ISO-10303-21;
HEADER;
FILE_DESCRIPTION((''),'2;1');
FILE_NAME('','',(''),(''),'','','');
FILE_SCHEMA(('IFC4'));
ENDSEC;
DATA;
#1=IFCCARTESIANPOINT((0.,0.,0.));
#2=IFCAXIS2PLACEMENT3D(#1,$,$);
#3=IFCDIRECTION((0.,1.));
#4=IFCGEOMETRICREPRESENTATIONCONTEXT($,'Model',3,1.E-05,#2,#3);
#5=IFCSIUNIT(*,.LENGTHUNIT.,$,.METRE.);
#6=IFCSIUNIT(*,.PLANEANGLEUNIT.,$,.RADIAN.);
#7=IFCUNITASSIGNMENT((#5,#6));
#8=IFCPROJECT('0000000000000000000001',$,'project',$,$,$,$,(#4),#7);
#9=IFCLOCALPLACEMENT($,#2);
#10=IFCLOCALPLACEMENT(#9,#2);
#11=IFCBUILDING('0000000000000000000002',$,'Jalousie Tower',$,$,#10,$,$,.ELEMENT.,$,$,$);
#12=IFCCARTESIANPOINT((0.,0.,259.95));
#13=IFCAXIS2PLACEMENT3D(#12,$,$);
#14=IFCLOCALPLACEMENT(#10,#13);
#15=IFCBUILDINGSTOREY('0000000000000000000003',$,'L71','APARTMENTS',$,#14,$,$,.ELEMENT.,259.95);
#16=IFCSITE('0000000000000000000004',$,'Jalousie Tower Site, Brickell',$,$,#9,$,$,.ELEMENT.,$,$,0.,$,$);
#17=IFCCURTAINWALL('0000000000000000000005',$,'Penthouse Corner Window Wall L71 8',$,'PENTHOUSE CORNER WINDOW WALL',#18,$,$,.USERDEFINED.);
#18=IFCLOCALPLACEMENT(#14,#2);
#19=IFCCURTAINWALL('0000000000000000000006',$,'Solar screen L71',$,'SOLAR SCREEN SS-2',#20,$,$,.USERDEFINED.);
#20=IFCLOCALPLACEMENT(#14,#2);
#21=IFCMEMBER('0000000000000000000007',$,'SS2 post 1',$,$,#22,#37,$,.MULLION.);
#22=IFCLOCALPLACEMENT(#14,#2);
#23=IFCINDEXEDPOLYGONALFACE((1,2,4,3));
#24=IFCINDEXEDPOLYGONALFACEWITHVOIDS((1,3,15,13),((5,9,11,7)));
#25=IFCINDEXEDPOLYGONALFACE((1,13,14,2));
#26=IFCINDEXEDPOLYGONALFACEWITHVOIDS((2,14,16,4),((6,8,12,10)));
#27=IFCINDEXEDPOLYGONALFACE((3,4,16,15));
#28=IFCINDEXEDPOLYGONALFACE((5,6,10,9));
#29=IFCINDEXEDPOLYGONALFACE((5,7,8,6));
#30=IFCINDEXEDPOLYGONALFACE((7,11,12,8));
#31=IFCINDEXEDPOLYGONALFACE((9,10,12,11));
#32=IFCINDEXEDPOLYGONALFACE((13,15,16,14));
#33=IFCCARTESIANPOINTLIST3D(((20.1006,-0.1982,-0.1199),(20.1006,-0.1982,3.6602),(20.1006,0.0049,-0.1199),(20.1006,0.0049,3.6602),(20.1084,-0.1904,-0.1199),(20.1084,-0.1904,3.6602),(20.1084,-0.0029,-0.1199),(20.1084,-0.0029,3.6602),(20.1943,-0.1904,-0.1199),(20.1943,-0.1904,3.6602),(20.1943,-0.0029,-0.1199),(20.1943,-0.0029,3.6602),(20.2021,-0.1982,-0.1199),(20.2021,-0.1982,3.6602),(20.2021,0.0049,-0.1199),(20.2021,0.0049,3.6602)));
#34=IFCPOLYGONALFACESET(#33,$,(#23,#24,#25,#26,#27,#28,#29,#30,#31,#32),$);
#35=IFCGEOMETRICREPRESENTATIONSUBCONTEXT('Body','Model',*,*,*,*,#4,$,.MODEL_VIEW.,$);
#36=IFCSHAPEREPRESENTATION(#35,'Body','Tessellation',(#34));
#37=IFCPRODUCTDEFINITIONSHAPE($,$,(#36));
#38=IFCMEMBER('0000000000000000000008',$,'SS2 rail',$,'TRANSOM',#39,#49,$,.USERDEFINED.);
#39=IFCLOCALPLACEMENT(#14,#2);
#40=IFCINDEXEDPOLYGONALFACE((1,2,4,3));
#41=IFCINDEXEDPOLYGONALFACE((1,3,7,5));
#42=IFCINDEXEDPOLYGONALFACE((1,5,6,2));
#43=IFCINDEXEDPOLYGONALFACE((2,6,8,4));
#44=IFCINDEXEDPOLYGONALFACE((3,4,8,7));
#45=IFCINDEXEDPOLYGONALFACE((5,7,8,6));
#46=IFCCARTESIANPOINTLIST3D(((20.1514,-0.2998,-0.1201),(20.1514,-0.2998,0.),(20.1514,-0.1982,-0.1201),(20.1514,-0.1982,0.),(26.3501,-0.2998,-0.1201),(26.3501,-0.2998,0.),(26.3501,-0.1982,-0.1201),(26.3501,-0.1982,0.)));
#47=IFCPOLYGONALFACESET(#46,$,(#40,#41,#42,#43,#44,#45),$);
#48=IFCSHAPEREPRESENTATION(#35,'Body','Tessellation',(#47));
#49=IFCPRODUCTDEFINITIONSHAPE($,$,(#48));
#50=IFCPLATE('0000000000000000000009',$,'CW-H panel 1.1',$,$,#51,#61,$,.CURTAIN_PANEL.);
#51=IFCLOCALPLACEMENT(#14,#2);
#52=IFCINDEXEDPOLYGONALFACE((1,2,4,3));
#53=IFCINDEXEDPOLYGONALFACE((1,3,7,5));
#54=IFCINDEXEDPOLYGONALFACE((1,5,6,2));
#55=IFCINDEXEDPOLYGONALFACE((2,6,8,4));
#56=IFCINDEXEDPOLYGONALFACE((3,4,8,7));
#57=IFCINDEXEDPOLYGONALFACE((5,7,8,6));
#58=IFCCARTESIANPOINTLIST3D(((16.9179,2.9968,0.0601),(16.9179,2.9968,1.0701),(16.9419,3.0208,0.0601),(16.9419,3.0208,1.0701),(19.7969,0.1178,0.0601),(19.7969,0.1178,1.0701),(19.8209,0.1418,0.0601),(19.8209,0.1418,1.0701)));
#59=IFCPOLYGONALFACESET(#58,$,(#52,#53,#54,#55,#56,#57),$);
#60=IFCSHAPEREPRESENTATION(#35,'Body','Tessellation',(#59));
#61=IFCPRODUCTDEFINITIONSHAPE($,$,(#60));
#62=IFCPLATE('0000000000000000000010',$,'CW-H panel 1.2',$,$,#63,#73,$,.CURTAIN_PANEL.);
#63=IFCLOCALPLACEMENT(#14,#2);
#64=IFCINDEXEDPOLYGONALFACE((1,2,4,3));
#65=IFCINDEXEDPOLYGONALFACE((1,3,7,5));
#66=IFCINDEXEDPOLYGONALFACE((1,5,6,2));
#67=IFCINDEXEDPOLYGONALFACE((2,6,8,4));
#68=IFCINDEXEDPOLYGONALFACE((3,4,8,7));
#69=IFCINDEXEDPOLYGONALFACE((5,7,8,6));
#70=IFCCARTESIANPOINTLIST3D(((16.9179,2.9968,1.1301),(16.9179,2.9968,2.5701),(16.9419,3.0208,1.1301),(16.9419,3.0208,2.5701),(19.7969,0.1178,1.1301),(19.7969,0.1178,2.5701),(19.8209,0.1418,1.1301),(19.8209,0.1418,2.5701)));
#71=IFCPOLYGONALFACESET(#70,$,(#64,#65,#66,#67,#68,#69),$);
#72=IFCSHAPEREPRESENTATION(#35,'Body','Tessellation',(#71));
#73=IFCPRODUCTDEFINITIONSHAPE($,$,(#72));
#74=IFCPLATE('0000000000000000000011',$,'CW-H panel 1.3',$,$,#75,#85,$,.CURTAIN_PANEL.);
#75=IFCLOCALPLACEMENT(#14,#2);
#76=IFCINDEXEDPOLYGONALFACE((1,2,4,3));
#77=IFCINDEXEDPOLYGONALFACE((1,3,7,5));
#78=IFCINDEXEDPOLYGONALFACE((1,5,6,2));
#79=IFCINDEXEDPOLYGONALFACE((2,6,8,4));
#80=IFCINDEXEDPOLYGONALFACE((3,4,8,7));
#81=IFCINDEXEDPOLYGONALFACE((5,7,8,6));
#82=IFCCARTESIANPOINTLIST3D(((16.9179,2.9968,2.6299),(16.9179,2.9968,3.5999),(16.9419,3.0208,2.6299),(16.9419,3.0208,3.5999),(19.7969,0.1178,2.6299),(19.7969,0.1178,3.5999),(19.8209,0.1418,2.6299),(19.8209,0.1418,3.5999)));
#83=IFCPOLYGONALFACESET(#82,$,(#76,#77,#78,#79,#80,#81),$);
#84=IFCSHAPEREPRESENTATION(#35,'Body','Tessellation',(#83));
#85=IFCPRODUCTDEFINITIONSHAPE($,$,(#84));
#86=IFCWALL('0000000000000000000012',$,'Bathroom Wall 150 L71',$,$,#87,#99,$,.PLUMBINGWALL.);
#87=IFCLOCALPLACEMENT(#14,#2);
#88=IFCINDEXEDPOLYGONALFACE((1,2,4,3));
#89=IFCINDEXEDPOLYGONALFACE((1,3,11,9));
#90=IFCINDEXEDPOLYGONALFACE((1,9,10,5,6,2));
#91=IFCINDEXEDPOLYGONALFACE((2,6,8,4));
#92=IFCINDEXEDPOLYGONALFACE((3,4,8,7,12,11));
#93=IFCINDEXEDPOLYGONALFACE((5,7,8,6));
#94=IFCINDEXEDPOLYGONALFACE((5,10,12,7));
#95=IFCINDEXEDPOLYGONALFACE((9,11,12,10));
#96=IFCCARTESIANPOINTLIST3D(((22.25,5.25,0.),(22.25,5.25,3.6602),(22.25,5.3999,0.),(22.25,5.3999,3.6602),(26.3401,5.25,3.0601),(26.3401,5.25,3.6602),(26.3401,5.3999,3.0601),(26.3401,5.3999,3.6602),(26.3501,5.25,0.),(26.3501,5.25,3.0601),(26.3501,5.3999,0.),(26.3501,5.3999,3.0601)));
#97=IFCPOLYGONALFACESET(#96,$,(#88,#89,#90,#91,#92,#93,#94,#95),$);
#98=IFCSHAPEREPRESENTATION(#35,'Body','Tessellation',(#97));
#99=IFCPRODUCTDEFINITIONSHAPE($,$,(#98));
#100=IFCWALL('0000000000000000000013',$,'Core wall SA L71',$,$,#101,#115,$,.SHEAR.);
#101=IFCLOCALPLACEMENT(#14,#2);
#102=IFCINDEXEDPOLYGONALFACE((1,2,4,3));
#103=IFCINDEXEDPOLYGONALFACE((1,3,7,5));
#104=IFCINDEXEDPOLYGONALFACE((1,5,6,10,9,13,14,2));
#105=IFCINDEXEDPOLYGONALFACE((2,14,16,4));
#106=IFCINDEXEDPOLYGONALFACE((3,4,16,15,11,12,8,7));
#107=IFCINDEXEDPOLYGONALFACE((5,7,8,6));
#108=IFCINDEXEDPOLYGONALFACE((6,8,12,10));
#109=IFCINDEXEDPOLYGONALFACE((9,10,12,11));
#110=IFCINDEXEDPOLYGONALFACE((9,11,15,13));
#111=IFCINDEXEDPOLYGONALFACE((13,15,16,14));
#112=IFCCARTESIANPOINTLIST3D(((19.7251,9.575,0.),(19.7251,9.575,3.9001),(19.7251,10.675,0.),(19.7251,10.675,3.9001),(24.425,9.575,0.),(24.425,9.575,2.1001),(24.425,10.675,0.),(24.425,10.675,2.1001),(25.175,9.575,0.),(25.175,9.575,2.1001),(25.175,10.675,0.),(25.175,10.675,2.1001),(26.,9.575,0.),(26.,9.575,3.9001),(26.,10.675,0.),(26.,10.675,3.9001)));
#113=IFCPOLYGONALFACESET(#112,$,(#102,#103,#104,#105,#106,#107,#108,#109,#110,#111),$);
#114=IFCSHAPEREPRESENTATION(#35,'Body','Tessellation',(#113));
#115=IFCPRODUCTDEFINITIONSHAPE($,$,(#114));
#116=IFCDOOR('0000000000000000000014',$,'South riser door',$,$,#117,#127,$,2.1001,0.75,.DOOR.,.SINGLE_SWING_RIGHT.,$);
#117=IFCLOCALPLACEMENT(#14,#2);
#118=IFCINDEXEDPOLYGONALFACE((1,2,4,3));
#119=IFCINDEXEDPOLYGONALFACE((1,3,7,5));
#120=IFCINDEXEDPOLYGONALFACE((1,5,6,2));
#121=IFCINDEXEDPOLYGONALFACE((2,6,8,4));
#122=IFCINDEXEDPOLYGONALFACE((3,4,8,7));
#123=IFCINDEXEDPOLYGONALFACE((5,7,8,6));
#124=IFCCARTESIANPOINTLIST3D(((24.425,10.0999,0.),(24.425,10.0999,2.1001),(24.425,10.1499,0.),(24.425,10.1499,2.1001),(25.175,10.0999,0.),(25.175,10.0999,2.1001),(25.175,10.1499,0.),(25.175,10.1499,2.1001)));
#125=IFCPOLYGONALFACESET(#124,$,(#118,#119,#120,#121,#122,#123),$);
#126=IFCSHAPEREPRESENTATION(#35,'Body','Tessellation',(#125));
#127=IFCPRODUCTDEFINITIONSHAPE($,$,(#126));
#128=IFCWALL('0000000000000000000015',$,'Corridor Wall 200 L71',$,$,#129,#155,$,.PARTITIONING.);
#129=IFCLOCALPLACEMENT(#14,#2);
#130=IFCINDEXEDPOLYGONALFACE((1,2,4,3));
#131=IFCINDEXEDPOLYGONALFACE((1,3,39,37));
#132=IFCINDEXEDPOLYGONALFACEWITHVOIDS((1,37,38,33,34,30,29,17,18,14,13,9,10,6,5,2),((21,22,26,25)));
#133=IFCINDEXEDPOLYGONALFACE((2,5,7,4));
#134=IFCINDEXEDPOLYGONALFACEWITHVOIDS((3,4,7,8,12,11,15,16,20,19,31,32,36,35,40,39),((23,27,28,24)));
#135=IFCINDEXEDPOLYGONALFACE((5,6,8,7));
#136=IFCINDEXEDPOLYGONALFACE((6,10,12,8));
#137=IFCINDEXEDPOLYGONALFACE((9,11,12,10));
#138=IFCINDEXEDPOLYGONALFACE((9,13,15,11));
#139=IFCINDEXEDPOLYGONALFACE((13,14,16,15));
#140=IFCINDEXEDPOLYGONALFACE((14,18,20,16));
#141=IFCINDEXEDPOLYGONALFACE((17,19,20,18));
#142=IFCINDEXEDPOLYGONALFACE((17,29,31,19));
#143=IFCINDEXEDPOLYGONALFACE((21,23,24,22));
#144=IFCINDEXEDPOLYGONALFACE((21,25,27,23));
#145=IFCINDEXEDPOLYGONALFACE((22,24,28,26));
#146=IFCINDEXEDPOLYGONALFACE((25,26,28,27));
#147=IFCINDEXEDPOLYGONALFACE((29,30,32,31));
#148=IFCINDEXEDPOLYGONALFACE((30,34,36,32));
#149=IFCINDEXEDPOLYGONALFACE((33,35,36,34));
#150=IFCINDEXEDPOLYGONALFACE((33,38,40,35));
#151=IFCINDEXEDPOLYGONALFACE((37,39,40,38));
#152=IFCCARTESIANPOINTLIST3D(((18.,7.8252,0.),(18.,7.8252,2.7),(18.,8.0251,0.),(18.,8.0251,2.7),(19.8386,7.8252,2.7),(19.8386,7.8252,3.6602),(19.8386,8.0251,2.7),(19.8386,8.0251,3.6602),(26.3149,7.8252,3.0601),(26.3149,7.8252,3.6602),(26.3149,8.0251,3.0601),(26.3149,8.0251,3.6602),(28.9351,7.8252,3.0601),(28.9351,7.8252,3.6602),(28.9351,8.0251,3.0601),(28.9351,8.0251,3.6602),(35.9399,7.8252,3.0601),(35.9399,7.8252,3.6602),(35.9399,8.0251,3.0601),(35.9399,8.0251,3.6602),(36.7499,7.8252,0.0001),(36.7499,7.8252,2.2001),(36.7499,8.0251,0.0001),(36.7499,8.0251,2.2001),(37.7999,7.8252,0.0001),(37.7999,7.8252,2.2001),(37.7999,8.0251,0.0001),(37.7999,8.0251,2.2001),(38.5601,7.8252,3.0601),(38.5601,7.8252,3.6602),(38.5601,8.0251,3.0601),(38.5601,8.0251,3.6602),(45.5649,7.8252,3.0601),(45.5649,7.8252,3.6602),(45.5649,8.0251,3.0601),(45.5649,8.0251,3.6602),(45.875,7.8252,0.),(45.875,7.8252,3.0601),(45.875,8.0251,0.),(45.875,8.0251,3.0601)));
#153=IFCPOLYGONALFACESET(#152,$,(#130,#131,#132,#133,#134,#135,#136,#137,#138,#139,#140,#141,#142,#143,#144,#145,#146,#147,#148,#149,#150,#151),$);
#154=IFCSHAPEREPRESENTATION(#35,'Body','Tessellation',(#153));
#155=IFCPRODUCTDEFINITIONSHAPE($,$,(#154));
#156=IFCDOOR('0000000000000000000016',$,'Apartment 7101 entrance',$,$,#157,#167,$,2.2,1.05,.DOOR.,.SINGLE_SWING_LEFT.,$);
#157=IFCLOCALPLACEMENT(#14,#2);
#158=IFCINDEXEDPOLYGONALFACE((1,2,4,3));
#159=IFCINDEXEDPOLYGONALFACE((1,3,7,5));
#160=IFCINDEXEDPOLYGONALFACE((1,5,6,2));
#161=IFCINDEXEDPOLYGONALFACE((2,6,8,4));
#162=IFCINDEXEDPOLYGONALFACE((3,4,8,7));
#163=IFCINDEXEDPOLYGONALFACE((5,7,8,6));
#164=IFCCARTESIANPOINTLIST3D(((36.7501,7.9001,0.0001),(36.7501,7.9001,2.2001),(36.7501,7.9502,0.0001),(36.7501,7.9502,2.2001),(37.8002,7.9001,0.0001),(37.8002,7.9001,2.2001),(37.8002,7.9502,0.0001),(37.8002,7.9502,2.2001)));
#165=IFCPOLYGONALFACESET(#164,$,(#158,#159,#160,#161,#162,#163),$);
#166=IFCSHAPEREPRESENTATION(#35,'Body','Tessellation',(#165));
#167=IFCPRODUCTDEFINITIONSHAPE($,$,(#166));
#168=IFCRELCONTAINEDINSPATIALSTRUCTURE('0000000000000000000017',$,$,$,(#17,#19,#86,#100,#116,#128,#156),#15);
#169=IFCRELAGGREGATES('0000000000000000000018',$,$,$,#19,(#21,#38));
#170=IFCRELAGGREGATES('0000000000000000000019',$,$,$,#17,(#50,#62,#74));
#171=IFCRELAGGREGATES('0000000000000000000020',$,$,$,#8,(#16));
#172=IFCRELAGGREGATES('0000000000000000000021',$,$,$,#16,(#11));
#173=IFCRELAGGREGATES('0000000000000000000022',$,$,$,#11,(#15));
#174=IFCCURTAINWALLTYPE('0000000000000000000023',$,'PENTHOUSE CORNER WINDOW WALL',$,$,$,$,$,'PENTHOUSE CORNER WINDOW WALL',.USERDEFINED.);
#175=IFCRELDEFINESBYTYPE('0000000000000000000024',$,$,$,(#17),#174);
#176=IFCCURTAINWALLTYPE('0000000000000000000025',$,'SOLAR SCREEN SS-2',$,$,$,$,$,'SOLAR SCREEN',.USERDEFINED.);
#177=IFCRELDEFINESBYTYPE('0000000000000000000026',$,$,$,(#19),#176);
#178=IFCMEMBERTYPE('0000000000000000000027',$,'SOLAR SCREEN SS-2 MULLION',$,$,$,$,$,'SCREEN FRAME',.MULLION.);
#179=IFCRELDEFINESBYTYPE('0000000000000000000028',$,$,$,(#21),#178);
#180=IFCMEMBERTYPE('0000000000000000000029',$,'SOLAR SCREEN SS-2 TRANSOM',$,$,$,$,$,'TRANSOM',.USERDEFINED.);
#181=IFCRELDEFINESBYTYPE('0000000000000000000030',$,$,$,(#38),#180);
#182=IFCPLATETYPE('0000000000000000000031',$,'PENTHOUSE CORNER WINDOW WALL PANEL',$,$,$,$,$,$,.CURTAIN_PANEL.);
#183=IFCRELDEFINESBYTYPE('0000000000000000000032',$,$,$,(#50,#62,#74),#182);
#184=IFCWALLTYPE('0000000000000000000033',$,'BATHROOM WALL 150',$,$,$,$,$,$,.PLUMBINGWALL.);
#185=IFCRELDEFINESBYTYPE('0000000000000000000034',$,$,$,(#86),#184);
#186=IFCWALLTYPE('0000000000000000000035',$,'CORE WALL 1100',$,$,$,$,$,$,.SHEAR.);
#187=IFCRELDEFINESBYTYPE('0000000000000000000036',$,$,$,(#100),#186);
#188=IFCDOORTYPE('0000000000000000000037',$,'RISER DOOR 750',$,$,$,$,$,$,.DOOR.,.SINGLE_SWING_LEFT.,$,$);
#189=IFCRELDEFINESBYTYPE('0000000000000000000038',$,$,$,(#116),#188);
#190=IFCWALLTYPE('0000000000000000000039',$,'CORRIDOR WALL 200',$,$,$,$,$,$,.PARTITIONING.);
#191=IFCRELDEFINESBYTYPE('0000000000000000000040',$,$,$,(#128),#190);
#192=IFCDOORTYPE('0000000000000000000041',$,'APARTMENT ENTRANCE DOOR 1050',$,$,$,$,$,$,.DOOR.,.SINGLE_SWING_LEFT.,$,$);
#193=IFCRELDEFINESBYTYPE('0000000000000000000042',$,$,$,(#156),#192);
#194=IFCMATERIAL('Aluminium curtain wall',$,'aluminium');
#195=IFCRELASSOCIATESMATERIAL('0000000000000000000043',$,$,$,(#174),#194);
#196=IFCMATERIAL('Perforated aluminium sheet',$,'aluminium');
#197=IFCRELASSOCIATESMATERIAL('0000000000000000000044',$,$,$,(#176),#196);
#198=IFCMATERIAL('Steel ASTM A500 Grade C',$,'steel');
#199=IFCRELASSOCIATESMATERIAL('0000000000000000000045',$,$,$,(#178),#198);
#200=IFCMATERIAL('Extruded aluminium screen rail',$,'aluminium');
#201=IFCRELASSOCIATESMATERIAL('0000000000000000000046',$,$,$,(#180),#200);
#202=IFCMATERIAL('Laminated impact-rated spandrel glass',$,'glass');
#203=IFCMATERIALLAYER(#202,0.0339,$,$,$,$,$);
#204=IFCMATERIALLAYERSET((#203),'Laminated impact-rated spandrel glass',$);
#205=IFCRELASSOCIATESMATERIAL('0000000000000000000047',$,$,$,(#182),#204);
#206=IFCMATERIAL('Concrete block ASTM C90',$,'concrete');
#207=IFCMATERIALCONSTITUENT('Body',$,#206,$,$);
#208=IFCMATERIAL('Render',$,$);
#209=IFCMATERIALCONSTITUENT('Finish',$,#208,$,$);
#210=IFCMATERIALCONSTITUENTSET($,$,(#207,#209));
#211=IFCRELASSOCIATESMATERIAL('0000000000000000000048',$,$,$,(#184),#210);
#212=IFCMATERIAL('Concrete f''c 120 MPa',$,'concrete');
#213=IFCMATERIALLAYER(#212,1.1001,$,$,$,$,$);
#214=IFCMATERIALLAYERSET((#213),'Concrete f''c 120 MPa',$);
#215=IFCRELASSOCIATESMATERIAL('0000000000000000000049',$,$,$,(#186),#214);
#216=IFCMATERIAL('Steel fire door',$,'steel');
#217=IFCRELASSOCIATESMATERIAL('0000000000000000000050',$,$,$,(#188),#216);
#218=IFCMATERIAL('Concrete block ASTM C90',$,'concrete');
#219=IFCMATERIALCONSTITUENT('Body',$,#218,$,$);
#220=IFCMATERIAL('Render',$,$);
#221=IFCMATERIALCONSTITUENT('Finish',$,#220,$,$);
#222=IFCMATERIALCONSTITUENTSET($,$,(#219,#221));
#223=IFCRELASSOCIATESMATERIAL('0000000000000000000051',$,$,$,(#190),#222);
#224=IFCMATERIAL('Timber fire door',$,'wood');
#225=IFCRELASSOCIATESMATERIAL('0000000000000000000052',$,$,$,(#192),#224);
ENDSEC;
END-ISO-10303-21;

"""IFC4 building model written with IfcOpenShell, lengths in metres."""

from ifc_helpers import new_model, si_unit, direction, frame, frame_2d, origin, origin_2d, place, context, subcontext, project, spatial, polyline, rectangle, hollow_rectangle, outline, extrude, material, layer, layer_set, constituent, constituent_set, material_profile, profile_set, type_object, element, fill, aggregate, save


model = new_model("IFC4")

# Units and contexts
model_context = context("Model", 3, precision=1e-05, world=origin(), true_north=direction((0.0, 1.0)))
body_context = subcontext(model_context, "Body", "Model", "MODEL_VIEW")
ifc_project = project(units=[si_unit("LENGTHUNIT", "METRE"), si_unit("PLANEANGLEUNIT", "RADIAN")], contexts=[model_context])

# Site, building, storey
site_placement = place(None, origin())
site = spatial("IfcSite", under=ifc_project, at=site_placement, Name="Jalousie Tower Site, Brickell", CompositionType="ELEMENT", RefElevation=0.0)
building_placement = place(site_placement, origin())
building = spatial("IfcBuilding", under=site, at=building_placement, Name="Jalousie Tower", CompositionType="ELEMENT")
storey_placement = place(building_placement, frame((0.0, 0.0, 259.95)))
storey = spatial("IfcBuildingStorey", under=building, at=storey_placement, Name="L71", Description="APARTMENTS", CompositionType="ELEMENT", Elevation=259.95)

# Curtain wall
ifc_material_1 = material(Name="Aluminium curtain wall", Category="aluminium")
curtain_wall_type_1 = type_object("IfcCurtainWallType", Name="PENTHOUSE CORNER WINDOW WALL", ElementType="PENTHOUSE CORNER WINDOW WALL", PredefinedType="USERDEFINED", material=ifc_material_1)
curtain_wall_1_placement = place(storey_placement, origin())
curtain_wall_1 = element("IfcCurtainWall", 1, at=curtain_wall_1_placement, inside=storey, type_object=curtain_wall_type_1, Name="Penthouse Corner Window Wall L71 8", ObjectType="PENTHOUSE CORNER WINDOW WALL", PredefinedType="USERDEFINED")

# Curtain wall, members
ifc_material_2 = material(Name="Perforated aluminium sheet", Category="aluminium")
curtain_wall_type_2 = type_object("IfcCurtainWallType", Name="SOLAR SCREEN SS-2", ElementType="SOLAR SCREEN", PredefinedType="USERDEFINED", material=ifc_material_2)
curtain_wall_2_placement = place(storey_placement, origin())
curtain_wall_2 = element("IfcCurtainWall", 2, at=curtain_wall_2_placement, inside=storey, type_object=curtain_wall_type_2, Name="Solar screen L71", ObjectType="SOLAR SCREEN SS-2", PredefinedType="USERDEFINED")
ifc_material_3 = material(Name="Steel ASTM A500 Grade C", Category="steel")
ifc_material_profile_1 = material_profile(ifc_material_3, hollow_rectangle(XDim=0.1016, YDim=0.2031, WallThickness=0.0078, at=origin_2d()), Name="HSS8X4X5/16")
ifc_profile_set_1 = profile_set([ifc_material_profile_1], Name="Steel ASTM A500 Grade C")
member_type_1 = type_object("IfcMemberType", Name="SOLAR SCREEN SS-2 MULLION", ElementType="SCREEN FRAME", PredefinedType="MULLION", material=ifc_profile_set_1)
member_1_placement = place(storey_placement, frame((20.1514, -0.0967, -0.1199), z_axis=(0.0, 0.0, 1.0), x_axis=(1.0, 0.0, 0.0)))
member_1 = element("IfcMember", 3, at=member_1_placement, type_object=member_type_1, Name="SS2 post 1", PredefinedType="MULLION", context=body_context, shape_type="SweptSolid", body=[
    extrude(hollow_rectangle(XDim=0.1016, YDim=0.2031, WallThickness=0.0078, at=origin_2d()), origin(), (0.0, 0.0, 1.0), 3.78),
])
ifc_material_4 = material(Name="Extruded aluminium screen rail", Category="aluminium")
ifc_material_profile_2 = material_profile(ifc_material_4, rectangle(XDim=0.1016, YDim=0.1201, at=origin_2d()), Name="RAIL 102x120")
ifc_profile_set_2 = profile_set([ifc_material_profile_2], Name="Extruded aluminium screen rail")
member_type_2 = type_object("IfcMemberType", Name="SOLAR SCREEN SS-2 TRANSOM", ElementType="TRANSOM", PredefinedType="USERDEFINED", material=ifc_profile_set_2)
member_2_placement = place(storey_placement, frame((20.1514, -0.249, -0.0601), z_axis=(1.0, 0.0, 0.0), x_axis=(0.0, 1.0, 0.0)))
member_2 = element("IfcMember", 4, at=member_2_placement, type_object=member_type_2, Name="SS2 rail", ObjectType="TRANSOM", PredefinedType="USERDEFINED", context=body_context, shape_type="SweptSolid", body=[
    extrude(rectangle(XDim=0.1016, YDim=0.1201, at=origin_2d()), origin(), (0.0, 0.0, 1.0), 6.1987),
])
aggregate(curtain_wall_2, [member_1, member_2])

# Plates
ifc_material_5 = material(Name="Laminated impact-rated spandrel glass", Category="glass")
ifc_layer_1 = layer(ifc_material_5, 0.0339)
ifc_layer_set_1 = layer_set([ifc_layer_1], Name="Laminated impact-rated spandrel glass")
plate_type = type_object("IfcPlateType", Name="PENTHOUSE CORNER WINDOW WALL PANEL", PredefinedType="CURTAIN_PANEL", material=ifc_layer_set_1)
plate_1_placement = place(storey_placement, frame((18.3694, 1.5693, 0.0601), z_axis=(0.0, 0.0, 1.0), x_axis=(0.707107, -0.707107, 0.0)))
plate_1 = element("IfcPlate", 5, at=plate_1_placement, type_object=plate_type, Name="CW-H panel 1.1", PredefinedType="CURTAIN_PANEL", context=body_context, shape_type="SweptSolid", body=[
    extrude(rectangle(XDim=4.0715, YDim=0.0339, at=origin_2d()), origin(), (0.0, 0.0, 1.0), 1.01),
])
plate_2_placement = place(storey_placement, frame((18.3694, 1.5693, 1.1301), z_axis=(0.0, 0.0, 1.0), x_axis=(0.707107, -0.707107, 0.0)))
plate_2 = element("IfcPlate", 6, at=plate_2_placement, type_object=plate_type, Name="CW-H panel 1.2", PredefinedType="CURTAIN_PANEL", context=body_context, shape_type="SweptSolid", body=[
    extrude(rectangle(XDim=4.0715, YDim=0.0339, at=origin_2d()), origin(), (0.0, 0.0, 1.0), 1.4399),
])
plate_3_placement = place(storey_placement, frame((18.3694, 1.5693, 2.6299), z_axis=(0.0, 0.0, 1.0), x_axis=(0.707107, -0.707107, 0.0)))
plate_3 = element("IfcPlate", 7, at=plate_3_placement, type_object=plate_type, Name="CW-H panel 1.3", PredefinedType="CURTAIN_PANEL", context=body_context, shape_type="SweptSolid", body=[
    extrude(rectangle(XDim=4.0715, YDim=0.0339, at=origin_2d()), origin(), (0.0, 0.0, 1.0), 0.97),
])
aggregate(curtain_wall_1, [plate_1, plate_2, plate_3])

# Wall
ifc_material_6 = material(Name="Concrete block ASTM C90", Category="concrete")
ifc_constituent_1 = constituent(ifc_material_6, Name="Body")
ifc_material_7 = material(Name="Render")
ifc_constituent_2 = constituent(ifc_material_7, Name="Finish")
ifc_constituent_set_1 = constituent_set(constituents=[ifc_constituent_1, ifc_constituent_2])
wall_type_1 = type_object("IfcWallType", Name="BATHROOM WALL 150", PredefinedType="PLUMBINGWALL", material=ifc_constituent_set_1)
wall_1_placement = place(storey_placement, frame((22.25, 5.325, 0.0), z_axis=(0.0, 0.0, 1.0), x_axis=(1.0, 0.0, 0.0)))
element("IfcWall", 8, at=wall_1_placement, inside=storey, type_object=wall_type_1, Name="Bathroom Wall 150 L71", PredefinedType="PLUMBINGWALL", context=body_context, shape_type="SweptSolid", body=[
    extrude(outline(polyline([(0.0, 0.0), (4.1001, 0.0), (4.1001, 3.6602), (4.1001, 3.0601), (4.0901, 3.0601), (4.0901, 3.6602), (0.0, 3.6602), (0.0, 0.0)])), frame((0.0, 0.075, 0.0), z_axis=(0.0, -1.0, 0.0), x_axis=(1.0, 0.0, 0.0)), (0.0, 0.0, 1.0), 0.1499),
])

# Walls, openings, doors
ifc_material_8 = material(Name="Concrete f'c 120 MPa", Category="concrete")
ifc_layer_2 = layer(ifc_material_8, 1.1001)
ifc_layer_set_2 = layer_set([ifc_layer_2], Name="Concrete f'c 120 MPa")
wall_type_2 = type_object("IfcWallType", Name="CORE WALL 1100", PredefinedType="SHEAR", material=ifc_layer_set_2)
wall_2_placement = place(storey_placement, frame((19.7251, 10.125, 0.0), z_axis=(0.0, 0.0, 1.0), x_axis=(1.0, 0.0, 0.0)))
wall_2 = element("IfcWall", 9, at=wall_2_placement, inside=storey, type_object=wall_type_2, Name="Core wall SA L71", PredefinedType="SHEAR", context=body_context, shape_type="SweptSolid", body=[
    extrude(rectangle(XDim=6.2749, YDim=1.1001, at=frame_2d((3.1375, 0.0))), origin(), (0.0, 0.0, 1.0), 3.9001),
])
opening_1_placement = place(wall_2_placement, frame((4.7, 0.0, 0.0)))
opening_1 = element("IfcOpeningElement", 10, at=opening_1_placement, cuts=wall_2, PredefinedType="OPENING", context=body_context, shape_type="SweptSolid", body=[
    extrude(rectangle(XDim=0.75, YDim=2.1001, at=frame_2d((0.375, 1.05))), frame((0.0, 0.5601, 0.0), z_axis=(0.0, -1.0, 0.0), x_axis=(1.0, 0.0, 0.0)), (0.0, 0.0, 1.0), 1.1201),
])
ifc_material_9 = material(Name="Steel fire door", Category="steel")
door_type_1 = type_object("IfcDoorType", Name="RISER DOOR 750", OperationType="SINGLE_SWING_LEFT", PredefinedType="DOOR", material=ifc_material_9)
door_1_placement = place(opening_1_placement, origin())
door_1 = element("IfcDoor", 11, at=door_1_placement, inside=storey, type_object=door_type_1, Name="South riser door", OperationType="SINGLE_SWING_RIGHT", OverallHeight=2.1001, OverallWidth=0.75, PredefinedType="DOOR", context=body_context, shape_type="SweptSolid", body=[
    extrude(rectangle(XDim=0.75, YDim=2.1001, at=frame_2d((0.375, 1.05))), frame((0.0, 0.0249, 0.0), z_axis=(0.0, -1.0, 0.0), x_axis=(1.0, 0.0, 0.0)), (0.0, 0.0, 1.0), 0.05),
])
fill(opening_1, door_1)
ifc_material_10 = material(Name="Concrete block ASTM C90", Category="concrete")
ifc_constituent_3 = constituent(ifc_material_10, Name="Body")
ifc_material_11 = material(Name="Render")
ifc_constituent_4 = constituent(ifc_material_11, Name="Finish")
ifc_constituent_set_2 = constituent_set(constituents=[ifc_constituent_3, ifc_constituent_4])
wall_type_3 = type_object("IfcWallType", Name="CORRIDOR WALL 200", PredefinedType="PARTITIONING", material=ifc_constituent_set_2)
wall_3_placement = place(storey_placement, frame((18.0, 7.925, 0.0), z_axis=(0.0, 0.0, 1.0), x_axis=(1.0, 0.0, 0.0)))
wall_3 = element("IfcWall", 12, at=wall_3_placement, inside=storey, type_object=wall_type_3, Name="Corridor Wall 200 L71", PredefinedType="PARTITIONING", context=body_context, shape_type="SweptSolid", body=[
    extrude(outline(polyline([(0.0, 0.0), (27.875, 0.0), (27.875, 3.6602), (27.875, 3.0601), (27.5649, 3.0601), (27.5649, 3.6602), (20.5601, 3.6602), (20.5601, 3.0601), (17.9399, 3.0601), (17.9399, 3.6602), (10.9351, 3.6602), (10.9351, 3.0601), (8.3149, 3.0601), (8.3149, 3.6602), (1.8386, 3.6602), (1.8386, 2.7), (0.0, 2.7), (0.0, 3.6602), (0.0, 0.0)])), frame((0.0, 0.1001, 0.0), z_axis=(0.0, -1.0, 0.0), x_axis=(1.0, 0.0, 0.0)), (0.0, 0.0, 1.0), 0.2),
])
opening_2_placement = place(wall_3_placement, frame((18.75, 0.0, 0.0)))
opening_2 = element("IfcOpeningElement", 13, at=opening_2_placement, cuts=wall_3, PredefinedType="OPENING", context=body_context, shape_type="SweptSolid", body=[
    extrude(rectangle(XDim=1.05, YDim=2.2, at=frame_2d((0.5249, 1.1001))), frame((0.0, 0.1099, 0.0), z_axis=(0.0, -1.0, 0.0), x_axis=(1.0, 0.0, 0.0)), (0.0, 0.0, 1.0), 0.22),
])
ifc_material_12 = material(Name="Timber fire door", Category="wood")
door_type_2 = type_object("IfcDoorType", Name="APARTMENT ENTRANCE DOOR 1050", OperationType="SINGLE_SWING_LEFT", PredefinedType="DOOR", material=ifc_material_12)
door_2_placement = place(opening_2_placement, frame((1.05, 0.0, 0.0), z_axis=(0.0, 0.0, 1.0), x_axis=(-1.0, 0.0, 0.0)))
door_2 = element("IfcDoor", 14, at=door_2_placement, inside=storey, type_object=door_type_2, Name="Apartment 7101 entrance", OperationType="SINGLE_SWING_LEFT", OverallHeight=2.2, OverallWidth=1.05, PredefinedType="DOOR", context=body_context, shape_type="SweptSolid", body=[
    extrude(rectangle(XDim=1.05, YDim=2.2, at=frame_2d((0.5249, 1.1001))), frame((0.0, 0.0249, 0.0), z_axis=(0.0, -1.0, 0.0), x_axis=(1.0, 0.0, 0.0)), (0.0, 0.0, 1.0), 0.05),
])
fill(opening_2, door_2)

save(model, "model.ifc")
